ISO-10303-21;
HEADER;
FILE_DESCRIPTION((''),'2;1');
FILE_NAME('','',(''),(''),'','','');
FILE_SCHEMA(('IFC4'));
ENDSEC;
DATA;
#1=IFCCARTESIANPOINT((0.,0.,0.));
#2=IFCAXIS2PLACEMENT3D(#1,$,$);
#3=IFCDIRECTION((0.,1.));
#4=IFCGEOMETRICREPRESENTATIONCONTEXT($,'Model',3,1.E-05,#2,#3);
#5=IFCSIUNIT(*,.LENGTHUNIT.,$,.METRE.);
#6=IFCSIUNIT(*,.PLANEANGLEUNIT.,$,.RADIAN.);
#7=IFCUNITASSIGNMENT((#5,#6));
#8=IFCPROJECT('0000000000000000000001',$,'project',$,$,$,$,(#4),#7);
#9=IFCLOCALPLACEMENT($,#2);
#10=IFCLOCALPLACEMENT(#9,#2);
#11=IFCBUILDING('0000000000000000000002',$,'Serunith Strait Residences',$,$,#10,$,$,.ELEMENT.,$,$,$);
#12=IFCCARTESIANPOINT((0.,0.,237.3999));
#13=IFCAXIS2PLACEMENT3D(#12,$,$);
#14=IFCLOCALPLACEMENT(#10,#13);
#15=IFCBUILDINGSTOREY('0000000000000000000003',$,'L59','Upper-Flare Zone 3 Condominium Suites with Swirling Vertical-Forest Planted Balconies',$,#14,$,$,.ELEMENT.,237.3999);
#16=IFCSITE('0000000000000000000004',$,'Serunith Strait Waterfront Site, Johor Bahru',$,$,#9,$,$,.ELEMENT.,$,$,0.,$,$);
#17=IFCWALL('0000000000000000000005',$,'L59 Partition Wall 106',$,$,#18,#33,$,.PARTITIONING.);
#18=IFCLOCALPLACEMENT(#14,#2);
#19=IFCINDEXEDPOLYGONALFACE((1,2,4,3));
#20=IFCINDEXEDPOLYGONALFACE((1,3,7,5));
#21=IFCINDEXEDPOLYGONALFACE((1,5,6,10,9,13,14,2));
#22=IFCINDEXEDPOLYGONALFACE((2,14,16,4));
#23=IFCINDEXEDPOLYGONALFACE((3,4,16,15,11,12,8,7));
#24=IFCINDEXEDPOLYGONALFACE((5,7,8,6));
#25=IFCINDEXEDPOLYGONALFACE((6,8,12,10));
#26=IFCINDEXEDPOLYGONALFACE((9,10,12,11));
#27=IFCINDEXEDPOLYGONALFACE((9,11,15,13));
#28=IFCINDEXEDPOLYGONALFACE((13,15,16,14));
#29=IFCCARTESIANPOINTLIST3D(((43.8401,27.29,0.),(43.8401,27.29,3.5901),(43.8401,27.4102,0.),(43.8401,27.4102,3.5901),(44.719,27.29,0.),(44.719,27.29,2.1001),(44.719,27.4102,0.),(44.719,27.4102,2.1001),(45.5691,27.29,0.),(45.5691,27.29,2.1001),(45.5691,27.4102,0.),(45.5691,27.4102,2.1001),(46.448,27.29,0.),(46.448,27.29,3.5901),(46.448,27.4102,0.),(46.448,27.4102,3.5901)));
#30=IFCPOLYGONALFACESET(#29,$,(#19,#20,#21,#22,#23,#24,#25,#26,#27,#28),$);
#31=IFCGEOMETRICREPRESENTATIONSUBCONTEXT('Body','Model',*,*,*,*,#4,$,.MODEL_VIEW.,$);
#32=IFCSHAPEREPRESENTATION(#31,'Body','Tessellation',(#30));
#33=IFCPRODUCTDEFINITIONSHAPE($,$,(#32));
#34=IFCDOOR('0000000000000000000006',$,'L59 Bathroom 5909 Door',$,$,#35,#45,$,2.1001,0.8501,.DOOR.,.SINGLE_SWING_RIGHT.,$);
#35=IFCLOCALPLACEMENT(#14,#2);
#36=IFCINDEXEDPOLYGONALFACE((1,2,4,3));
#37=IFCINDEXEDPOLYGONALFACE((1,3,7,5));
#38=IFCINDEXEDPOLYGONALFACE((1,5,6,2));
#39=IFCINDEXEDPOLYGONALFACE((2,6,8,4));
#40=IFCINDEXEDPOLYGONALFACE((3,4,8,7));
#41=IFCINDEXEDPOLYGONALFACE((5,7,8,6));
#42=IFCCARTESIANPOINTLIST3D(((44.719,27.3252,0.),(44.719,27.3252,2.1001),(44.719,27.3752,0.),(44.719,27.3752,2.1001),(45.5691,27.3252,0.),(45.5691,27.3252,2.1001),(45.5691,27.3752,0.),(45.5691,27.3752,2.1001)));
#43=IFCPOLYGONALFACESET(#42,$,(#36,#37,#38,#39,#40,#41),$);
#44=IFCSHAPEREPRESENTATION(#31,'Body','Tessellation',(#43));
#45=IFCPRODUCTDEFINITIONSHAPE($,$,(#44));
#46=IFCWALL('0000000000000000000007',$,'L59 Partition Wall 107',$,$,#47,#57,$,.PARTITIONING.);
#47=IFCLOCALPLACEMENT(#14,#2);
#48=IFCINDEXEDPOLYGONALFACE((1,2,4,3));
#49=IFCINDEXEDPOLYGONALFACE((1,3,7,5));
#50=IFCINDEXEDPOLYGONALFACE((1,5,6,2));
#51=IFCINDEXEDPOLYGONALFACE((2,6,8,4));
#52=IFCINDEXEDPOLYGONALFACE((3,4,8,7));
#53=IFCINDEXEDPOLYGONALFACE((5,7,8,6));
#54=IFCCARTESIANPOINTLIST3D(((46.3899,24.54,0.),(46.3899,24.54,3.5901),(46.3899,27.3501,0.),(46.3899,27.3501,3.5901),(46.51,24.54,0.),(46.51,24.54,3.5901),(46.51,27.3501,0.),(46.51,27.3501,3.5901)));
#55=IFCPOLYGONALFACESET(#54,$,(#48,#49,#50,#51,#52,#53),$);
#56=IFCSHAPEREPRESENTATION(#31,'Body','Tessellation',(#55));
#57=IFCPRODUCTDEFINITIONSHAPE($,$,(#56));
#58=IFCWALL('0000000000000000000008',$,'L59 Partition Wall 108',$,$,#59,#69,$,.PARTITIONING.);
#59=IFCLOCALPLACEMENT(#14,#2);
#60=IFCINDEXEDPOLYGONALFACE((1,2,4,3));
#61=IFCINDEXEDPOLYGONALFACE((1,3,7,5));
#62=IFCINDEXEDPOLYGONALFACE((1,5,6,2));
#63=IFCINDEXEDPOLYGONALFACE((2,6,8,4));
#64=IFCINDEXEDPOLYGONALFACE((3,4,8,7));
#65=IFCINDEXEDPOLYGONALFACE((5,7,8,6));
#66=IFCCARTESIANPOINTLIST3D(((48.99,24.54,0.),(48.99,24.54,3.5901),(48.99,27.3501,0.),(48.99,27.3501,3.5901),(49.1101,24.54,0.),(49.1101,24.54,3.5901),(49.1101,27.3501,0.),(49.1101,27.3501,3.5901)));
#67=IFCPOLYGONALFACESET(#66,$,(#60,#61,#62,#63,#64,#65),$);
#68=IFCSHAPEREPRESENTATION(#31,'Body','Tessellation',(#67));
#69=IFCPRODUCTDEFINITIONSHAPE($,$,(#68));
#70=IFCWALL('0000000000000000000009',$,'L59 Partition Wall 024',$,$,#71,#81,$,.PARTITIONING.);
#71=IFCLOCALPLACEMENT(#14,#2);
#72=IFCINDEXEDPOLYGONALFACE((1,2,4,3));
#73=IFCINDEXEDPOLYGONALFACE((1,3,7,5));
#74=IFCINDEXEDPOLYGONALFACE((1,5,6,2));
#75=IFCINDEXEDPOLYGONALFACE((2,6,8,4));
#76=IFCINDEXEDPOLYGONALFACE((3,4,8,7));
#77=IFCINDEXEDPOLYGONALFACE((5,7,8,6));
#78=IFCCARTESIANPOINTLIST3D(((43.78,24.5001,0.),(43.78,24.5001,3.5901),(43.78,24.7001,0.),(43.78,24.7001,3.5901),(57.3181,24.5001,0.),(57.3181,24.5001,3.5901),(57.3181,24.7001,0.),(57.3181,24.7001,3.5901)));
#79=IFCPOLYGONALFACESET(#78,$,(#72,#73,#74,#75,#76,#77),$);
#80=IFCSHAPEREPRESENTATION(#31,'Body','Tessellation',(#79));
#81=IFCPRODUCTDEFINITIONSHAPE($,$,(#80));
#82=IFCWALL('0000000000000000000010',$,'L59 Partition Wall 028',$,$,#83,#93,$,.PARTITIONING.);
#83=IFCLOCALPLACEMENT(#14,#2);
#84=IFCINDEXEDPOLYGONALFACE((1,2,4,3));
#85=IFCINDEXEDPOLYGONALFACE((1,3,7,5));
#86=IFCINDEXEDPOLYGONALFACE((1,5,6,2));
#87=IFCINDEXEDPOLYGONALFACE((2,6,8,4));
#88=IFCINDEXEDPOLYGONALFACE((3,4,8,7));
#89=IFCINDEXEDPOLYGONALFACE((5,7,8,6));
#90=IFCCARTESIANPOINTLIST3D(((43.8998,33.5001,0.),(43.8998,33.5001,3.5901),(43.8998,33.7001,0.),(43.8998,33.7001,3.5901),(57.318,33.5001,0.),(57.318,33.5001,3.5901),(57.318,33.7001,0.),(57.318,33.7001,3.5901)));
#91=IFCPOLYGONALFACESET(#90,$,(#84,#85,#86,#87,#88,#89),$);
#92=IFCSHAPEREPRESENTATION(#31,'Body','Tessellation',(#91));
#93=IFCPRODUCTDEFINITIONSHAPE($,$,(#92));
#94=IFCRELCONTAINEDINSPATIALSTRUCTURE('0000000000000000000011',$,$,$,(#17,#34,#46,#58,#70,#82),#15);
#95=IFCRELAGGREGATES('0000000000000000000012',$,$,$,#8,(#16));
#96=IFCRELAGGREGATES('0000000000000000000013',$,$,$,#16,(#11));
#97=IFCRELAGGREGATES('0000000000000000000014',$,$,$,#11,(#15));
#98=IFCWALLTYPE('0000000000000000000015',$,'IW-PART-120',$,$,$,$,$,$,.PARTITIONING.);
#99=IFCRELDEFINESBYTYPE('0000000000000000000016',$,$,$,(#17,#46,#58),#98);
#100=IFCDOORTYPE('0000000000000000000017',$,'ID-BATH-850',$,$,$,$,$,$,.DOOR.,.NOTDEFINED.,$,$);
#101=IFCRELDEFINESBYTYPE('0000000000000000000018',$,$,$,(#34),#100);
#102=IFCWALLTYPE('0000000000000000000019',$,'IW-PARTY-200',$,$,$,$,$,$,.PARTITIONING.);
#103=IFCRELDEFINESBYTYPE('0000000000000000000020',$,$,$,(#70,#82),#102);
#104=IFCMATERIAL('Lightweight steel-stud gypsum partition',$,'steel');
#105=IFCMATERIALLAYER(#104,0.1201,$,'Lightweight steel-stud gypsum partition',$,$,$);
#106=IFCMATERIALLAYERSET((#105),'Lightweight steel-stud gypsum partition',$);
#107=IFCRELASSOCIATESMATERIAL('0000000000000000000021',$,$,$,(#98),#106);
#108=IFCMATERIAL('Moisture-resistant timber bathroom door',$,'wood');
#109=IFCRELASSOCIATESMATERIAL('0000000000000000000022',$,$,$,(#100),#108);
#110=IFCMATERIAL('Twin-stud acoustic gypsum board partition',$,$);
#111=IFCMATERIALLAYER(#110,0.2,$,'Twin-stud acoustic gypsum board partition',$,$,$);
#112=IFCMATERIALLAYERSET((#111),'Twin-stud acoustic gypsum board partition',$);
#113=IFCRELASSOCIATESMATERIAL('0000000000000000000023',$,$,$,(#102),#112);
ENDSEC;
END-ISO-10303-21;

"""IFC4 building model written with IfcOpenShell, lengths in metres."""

from ifc_helpers import new_model, si_unit, direction, frame, frame_2d, origin, place, context, subcontext, project, spatial, rectangle, extrude, source, transform, mapped, material, layer, layer_set, type_object, element, fill, save


model = new_model("IFC4")

# Units and contexts
model_context = context("Model", 3, precision=1e-05, world=origin(), true_north=direction((0.0, 1.0)))
body_context = subcontext(model_context, "Body", "Model", "MODEL_VIEW")
ifc_project = project(units=[si_unit("LENGTHUNIT", "METRE"), si_unit("PLANEANGLEUNIT", "RADIAN")], contexts=[model_context])

# Site, building, storey
site_placement = place(None, origin())
site = spatial("IfcSite", under=ifc_project, at=site_placement, Name="Serunith Strait Waterfront Site, Johor Bahru", CompositionType="ELEMENT", RefElevation=0.0)
building_placement = place(site_placement, origin())
building = spatial("IfcBuilding", under=site, at=building_placement, Name="Serunith Strait Residences", CompositionType="ELEMENT")
storey_placement = place(building_placement, frame((0.0, 0.0, 237.3999)))
storey = spatial("IfcBuildingStorey", under=building, at=storey_placement, Name="L59", Description="Upper-Flare Zone 3 Condominium Suites with Swirling Vertical-Forest Planted Balconies", CompositionType="ELEMENT", Elevation=237.3999)

# Wall, opening, door
ifc_material_1 = material(Name="Lightweight steel-stud gypsum partition", Category="steel")
ifc_layer_1 = layer(ifc_material_1, 0.1201, Name="Lightweight steel-stud gypsum partition")
ifc_layer_set_1 = layer_set([ifc_layer_1], Name="Lightweight steel-stud gypsum partition")
wall_type_1 = type_object("IfcWallType", Name="IW-PART-120", PredefinedType="PARTITIONING", material=ifc_layer_set_1)
ifc_material_2 = material(Name="Moisture-resistant timber bathroom door", Category="wood")
door_type_1 = type_object("IfcDoorType", Name="ID-BATH-850", OperationType="NOTDEFINED", PredefinedType="DOOR", material=ifc_material_2)
shared_shape_1 = source(origin(), body_context, "Body", "SweptSolid", [
    extrude(rectangle(XDim=0.8501, YDim=2.1001, at=frame_2d((0.425, 1.05))), frame((0.0, 0.0249, 0.0), z_axis=(0.0, -1.0, 0.0), x_axis=(1.0, 0.0, 0.0)), (0.0, 0.0, 1.0), 0.05),
])
wall_1_placement = place(storey_placement, frame((46.448, 27.3501, 0.0), z_axis=(0.0, 0.0, 1.0), x_axis=(-1.0, 0.0, 0.0)))
wall_1 = element("IfcWall", 1, at=wall_1_placement, inside=storey, type_object=wall_type_1, Name="L59 Partition Wall 106", PredefinedType="PARTITIONING", context=body_context, shape_type="SweptSolid", body=[
    extrude(rectangle(XDim=2.6079, YDim=0.1201, at=frame_2d((1.304, 0.0))), origin(), (0.0, 0.0, 1.0), 3.5901),
])
opening_1_placement = place(wall_1_placement, frame((0.8789, 0.0, 0.0)))
opening_1 = element("IfcOpeningElement", 2, at=opening_1_placement, cuts=wall_1, PredefinedType="OPENING", context=body_context, shape_type="SweptSolid", body=[
    extrude(rectangle(XDim=0.8501, YDim=2.1001, at=frame_2d((0.425, 1.05))), frame((0.0, 0.0701, 0.0), z_axis=(0.0, -1.0, 0.0), x_axis=(1.0, 0.0, 0.0)), (0.0, 0.0, 1.0), 0.1401),
])
door_1_placement = place(opening_1_placement, origin())
door_1 = element("IfcDoor", 3, at=door_1_placement, inside=storey, type_object=door_type_1, Name="L59 Bathroom 5909 Door", OperationType="SINGLE_SWING_RIGHT", OverallHeight=2.1001, OverallWidth=0.8501, PredefinedType="DOOR", context=body_context, shape_type="MappedRepresentation", body=[
    mapped(shared_shape_1, transform((0.0, 0.0, 0.0), scale=1.0)),
])
fill(opening_1, door_1)

# Walls
for number, where, z_axis, x_axis, name in (
    (4, (46.45, 24.54, 0.0), (0.0, 0.0, 1.0), (0.0, 1.0, 0.0), "L59 Partition Wall 107"),
    (5, (49.05, 24.54, 0.0), (0.0, 0.0, 1.0), (0.0, 1.0, 0.0), "L59 Partition Wall 108"),
):
    element("IfcWall", number, at=place(storey_placement, frame(where, z_axis=z_axis, x_axis=x_axis)), inside=storey, type_object=wall_type_1, Name=name, PredefinedType="PARTITIONING", context=body_context, shape_type="SweptSolid", body=[
        extrude(rectangle(XDim=2.8101, YDim=0.1201, at=frame_2d((1.405, 0.0))), origin(), (0.0, 0.0, 1.0), 3.5901),
    ])
ifc_material_3 = material(Name="Twin-stud acoustic gypsum board partition")
ifc_layer_2 = layer(ifc_material_3, 0.2, Name="Twin-stud acoustic gypsum board partition")
ifc_layer_set_2 = layer_set([ifc_layer_2], Name="Twin-stud acoustic gypsum board partition")
wall_type_2 = type_object("IfcWallType", Name="IW-PARTY-200", PredefinedType="PARTITIONING", material=ifc_layer_set_2)
wall_2_placement = place(storey_placement, frame((43.78, 24.6001, 0.0), z_axis=(0.0, 0.0, 1.0), x_axis=(1.0, 0.0, 0.0)))
element("IfcWall", 6, at=wall_2_placement, inside=storey, type_object=wall_type_2, Name="L59 Partition Wall 024", PredefinedType="PARTITIONING", context=body_context, shape_type="SweptSolid", body=[
    extrude(rectangle(XDim=13.5381, YDim=0.2, at=frame_2d((6.769, 0.0))), origin(), (0.0, 0.0, 1.0), 3.5901),
])
wall_3_placement = place(storey_placement, frame((43.8999, 33.6001, 0.0), z_axis=(0.0, 0.0, 1.0), x_axis=(1.0, 0.0, 0.0)))
element("IfcWall", 7, at=wall_3_placement, inside=storey, type_object=wall_type_2, Name="L59 Partition Wall 028", PredefinedType="PARTITIONING", context=body_context, shape_type="SweptSolid", body=[
    extrude(rectangle(XDim=13.4182, YDim=0.2, at=frame_2d((6.709, 0.0))), origin(), (0.0, 0.0, 1.0), 3.5901),
])

save(model, "model.ifc")
